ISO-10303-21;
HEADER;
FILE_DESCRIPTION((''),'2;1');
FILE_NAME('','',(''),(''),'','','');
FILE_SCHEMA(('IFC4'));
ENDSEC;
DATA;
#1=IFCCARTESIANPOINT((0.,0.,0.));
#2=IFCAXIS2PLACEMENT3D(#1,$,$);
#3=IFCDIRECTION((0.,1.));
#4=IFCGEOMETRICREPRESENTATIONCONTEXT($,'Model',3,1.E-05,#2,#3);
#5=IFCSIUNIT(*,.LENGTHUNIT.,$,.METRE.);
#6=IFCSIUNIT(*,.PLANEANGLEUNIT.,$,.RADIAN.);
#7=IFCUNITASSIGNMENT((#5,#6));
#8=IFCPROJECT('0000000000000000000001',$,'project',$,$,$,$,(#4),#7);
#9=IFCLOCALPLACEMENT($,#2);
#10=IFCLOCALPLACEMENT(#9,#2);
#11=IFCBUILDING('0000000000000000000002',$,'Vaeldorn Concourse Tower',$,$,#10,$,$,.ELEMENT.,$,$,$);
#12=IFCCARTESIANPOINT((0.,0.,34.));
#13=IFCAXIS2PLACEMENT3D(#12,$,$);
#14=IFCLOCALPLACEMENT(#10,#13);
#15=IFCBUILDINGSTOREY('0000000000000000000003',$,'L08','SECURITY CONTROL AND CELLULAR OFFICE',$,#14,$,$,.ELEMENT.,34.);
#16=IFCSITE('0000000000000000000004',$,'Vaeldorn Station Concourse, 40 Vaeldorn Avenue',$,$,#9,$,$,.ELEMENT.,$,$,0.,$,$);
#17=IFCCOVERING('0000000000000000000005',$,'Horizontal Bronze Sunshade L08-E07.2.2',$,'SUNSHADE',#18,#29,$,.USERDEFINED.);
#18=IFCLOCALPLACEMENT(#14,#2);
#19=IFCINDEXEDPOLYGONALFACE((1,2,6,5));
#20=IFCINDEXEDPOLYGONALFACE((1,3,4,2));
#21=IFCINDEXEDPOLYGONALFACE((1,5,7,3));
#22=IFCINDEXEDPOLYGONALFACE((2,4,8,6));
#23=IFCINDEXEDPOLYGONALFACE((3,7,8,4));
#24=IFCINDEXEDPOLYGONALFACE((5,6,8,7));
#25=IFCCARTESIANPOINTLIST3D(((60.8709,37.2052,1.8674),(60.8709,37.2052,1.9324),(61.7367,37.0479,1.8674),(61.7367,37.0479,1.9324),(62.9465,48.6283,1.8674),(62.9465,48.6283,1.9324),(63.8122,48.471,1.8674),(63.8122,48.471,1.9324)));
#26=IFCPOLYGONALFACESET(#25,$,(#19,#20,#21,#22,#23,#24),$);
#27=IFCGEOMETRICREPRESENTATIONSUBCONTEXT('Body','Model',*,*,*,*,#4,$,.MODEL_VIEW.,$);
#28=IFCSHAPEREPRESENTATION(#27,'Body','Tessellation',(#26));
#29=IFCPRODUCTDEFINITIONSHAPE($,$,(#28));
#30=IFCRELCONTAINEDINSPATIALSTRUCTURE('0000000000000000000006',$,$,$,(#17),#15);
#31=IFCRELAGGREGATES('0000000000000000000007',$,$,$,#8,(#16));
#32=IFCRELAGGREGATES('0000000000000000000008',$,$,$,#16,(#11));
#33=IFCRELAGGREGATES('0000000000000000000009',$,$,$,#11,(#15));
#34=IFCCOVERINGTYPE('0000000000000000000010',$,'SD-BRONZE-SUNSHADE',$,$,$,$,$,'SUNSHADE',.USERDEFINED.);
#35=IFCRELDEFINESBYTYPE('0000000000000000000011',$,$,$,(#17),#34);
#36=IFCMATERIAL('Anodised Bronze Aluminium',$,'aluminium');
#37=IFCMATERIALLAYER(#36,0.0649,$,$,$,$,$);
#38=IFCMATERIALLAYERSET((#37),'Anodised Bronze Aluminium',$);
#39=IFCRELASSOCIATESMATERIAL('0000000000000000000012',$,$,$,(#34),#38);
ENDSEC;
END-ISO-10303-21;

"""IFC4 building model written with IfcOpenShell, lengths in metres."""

from ifc_helpers import new_model, si_unit, direction, frame, origin, origin_2d, place, context, subcontext, project, spatial, rectangle, extrude, source, transform, mapped, material, layer, layer_set, type_object, element, save


model = new_model("IFC4")

# Units and contexts
model_context = context("Model", 3, precision=1e-05, world=origin(), true_north=direction((0.0, 1.0)))
body_context = subcontext(model_context, "Body", "Model", "MODEL_VIEW")
ifc_project = project(units=[si_unit("LENGTHUNIT", "METRE"), si_unit("PLANEANGLEUNIT", "RADIAN")], contexts=[model_context])

# Site, building, storey
site_placement = place(None, origin())
site = spatial("IfcSite", under=ifc_project, at=site_placement, Name="Vaeldorn Station Concourse, 40 Vaeldorn Avenue", CompositionType="ELEMENT", RefElevation=0.0)
building_placement = place(site_placement, origin())
building = spatial("IfcBuilding", under=site, at=building_placement, Name="Vaeldorn Concourse Tower", CompositionType="ELEMENT")
storey_placement = place(building_placement, frame((0.0, 0.0, 34.0)))
storey = spatial("IfcBuildingStorey", under=building, at=storey_placement, Name="L08", Description="SECURITY CONTROL AND CELLULAR OFFICE", CompositionType="ELEMENT", Elevation=34.0)

# Shared definitions
ifc_material_1 = material(Name="Anodised Bronze Aluminium", Category="aluminium")

# Covering
ifc_layer_1 = layer(ifc_material_1, 0.0649)
ifc_layer_set_1 = layer_set([ifc_layer_1], Name="Anodised Bronze Aluminium")
covering_type = type_object("IfcCoveringType", Name="SD-BRONZE-SUNSHADE", ElementType="SUNSHADE", PredefinedType="USERDEFINED", material=ifc_layer_set_1)
shared_shape_1 = source(origin(), body_context, "Body", "SweptSolid", [
    extrude(rectangle(XDim=11.6101, YDim=0.8799, at=origin_2d()), origin(), (0.0, 0.0, 1.0), 0.0649),
])
for number, where, z_axis, x_axis, name in (
    (1, (62.3416, 42.8381, 1.8674), (0.0, 0.0, 1.0), (0.178768, 0.983891, 0.0), "Horizontal Bronze Sunshade L08-E07.2.2"),
):
    element("IfcCovering", number, at=place(storey_placement, frame(where, z_axis=z_axis, x_axis=x_axis)), inside=storey, type_object=covering_type, Name=name, ObjectType="SUNSHADE", PredefinedType="USERDEFINED", context=body_context, shape_type="MappedRepresentation", body=[
        mapped(shared_shape_1, transform((0.0, 0.0, 0.0), scale=1.0)),
    ])

save(model, "model.ifc")
